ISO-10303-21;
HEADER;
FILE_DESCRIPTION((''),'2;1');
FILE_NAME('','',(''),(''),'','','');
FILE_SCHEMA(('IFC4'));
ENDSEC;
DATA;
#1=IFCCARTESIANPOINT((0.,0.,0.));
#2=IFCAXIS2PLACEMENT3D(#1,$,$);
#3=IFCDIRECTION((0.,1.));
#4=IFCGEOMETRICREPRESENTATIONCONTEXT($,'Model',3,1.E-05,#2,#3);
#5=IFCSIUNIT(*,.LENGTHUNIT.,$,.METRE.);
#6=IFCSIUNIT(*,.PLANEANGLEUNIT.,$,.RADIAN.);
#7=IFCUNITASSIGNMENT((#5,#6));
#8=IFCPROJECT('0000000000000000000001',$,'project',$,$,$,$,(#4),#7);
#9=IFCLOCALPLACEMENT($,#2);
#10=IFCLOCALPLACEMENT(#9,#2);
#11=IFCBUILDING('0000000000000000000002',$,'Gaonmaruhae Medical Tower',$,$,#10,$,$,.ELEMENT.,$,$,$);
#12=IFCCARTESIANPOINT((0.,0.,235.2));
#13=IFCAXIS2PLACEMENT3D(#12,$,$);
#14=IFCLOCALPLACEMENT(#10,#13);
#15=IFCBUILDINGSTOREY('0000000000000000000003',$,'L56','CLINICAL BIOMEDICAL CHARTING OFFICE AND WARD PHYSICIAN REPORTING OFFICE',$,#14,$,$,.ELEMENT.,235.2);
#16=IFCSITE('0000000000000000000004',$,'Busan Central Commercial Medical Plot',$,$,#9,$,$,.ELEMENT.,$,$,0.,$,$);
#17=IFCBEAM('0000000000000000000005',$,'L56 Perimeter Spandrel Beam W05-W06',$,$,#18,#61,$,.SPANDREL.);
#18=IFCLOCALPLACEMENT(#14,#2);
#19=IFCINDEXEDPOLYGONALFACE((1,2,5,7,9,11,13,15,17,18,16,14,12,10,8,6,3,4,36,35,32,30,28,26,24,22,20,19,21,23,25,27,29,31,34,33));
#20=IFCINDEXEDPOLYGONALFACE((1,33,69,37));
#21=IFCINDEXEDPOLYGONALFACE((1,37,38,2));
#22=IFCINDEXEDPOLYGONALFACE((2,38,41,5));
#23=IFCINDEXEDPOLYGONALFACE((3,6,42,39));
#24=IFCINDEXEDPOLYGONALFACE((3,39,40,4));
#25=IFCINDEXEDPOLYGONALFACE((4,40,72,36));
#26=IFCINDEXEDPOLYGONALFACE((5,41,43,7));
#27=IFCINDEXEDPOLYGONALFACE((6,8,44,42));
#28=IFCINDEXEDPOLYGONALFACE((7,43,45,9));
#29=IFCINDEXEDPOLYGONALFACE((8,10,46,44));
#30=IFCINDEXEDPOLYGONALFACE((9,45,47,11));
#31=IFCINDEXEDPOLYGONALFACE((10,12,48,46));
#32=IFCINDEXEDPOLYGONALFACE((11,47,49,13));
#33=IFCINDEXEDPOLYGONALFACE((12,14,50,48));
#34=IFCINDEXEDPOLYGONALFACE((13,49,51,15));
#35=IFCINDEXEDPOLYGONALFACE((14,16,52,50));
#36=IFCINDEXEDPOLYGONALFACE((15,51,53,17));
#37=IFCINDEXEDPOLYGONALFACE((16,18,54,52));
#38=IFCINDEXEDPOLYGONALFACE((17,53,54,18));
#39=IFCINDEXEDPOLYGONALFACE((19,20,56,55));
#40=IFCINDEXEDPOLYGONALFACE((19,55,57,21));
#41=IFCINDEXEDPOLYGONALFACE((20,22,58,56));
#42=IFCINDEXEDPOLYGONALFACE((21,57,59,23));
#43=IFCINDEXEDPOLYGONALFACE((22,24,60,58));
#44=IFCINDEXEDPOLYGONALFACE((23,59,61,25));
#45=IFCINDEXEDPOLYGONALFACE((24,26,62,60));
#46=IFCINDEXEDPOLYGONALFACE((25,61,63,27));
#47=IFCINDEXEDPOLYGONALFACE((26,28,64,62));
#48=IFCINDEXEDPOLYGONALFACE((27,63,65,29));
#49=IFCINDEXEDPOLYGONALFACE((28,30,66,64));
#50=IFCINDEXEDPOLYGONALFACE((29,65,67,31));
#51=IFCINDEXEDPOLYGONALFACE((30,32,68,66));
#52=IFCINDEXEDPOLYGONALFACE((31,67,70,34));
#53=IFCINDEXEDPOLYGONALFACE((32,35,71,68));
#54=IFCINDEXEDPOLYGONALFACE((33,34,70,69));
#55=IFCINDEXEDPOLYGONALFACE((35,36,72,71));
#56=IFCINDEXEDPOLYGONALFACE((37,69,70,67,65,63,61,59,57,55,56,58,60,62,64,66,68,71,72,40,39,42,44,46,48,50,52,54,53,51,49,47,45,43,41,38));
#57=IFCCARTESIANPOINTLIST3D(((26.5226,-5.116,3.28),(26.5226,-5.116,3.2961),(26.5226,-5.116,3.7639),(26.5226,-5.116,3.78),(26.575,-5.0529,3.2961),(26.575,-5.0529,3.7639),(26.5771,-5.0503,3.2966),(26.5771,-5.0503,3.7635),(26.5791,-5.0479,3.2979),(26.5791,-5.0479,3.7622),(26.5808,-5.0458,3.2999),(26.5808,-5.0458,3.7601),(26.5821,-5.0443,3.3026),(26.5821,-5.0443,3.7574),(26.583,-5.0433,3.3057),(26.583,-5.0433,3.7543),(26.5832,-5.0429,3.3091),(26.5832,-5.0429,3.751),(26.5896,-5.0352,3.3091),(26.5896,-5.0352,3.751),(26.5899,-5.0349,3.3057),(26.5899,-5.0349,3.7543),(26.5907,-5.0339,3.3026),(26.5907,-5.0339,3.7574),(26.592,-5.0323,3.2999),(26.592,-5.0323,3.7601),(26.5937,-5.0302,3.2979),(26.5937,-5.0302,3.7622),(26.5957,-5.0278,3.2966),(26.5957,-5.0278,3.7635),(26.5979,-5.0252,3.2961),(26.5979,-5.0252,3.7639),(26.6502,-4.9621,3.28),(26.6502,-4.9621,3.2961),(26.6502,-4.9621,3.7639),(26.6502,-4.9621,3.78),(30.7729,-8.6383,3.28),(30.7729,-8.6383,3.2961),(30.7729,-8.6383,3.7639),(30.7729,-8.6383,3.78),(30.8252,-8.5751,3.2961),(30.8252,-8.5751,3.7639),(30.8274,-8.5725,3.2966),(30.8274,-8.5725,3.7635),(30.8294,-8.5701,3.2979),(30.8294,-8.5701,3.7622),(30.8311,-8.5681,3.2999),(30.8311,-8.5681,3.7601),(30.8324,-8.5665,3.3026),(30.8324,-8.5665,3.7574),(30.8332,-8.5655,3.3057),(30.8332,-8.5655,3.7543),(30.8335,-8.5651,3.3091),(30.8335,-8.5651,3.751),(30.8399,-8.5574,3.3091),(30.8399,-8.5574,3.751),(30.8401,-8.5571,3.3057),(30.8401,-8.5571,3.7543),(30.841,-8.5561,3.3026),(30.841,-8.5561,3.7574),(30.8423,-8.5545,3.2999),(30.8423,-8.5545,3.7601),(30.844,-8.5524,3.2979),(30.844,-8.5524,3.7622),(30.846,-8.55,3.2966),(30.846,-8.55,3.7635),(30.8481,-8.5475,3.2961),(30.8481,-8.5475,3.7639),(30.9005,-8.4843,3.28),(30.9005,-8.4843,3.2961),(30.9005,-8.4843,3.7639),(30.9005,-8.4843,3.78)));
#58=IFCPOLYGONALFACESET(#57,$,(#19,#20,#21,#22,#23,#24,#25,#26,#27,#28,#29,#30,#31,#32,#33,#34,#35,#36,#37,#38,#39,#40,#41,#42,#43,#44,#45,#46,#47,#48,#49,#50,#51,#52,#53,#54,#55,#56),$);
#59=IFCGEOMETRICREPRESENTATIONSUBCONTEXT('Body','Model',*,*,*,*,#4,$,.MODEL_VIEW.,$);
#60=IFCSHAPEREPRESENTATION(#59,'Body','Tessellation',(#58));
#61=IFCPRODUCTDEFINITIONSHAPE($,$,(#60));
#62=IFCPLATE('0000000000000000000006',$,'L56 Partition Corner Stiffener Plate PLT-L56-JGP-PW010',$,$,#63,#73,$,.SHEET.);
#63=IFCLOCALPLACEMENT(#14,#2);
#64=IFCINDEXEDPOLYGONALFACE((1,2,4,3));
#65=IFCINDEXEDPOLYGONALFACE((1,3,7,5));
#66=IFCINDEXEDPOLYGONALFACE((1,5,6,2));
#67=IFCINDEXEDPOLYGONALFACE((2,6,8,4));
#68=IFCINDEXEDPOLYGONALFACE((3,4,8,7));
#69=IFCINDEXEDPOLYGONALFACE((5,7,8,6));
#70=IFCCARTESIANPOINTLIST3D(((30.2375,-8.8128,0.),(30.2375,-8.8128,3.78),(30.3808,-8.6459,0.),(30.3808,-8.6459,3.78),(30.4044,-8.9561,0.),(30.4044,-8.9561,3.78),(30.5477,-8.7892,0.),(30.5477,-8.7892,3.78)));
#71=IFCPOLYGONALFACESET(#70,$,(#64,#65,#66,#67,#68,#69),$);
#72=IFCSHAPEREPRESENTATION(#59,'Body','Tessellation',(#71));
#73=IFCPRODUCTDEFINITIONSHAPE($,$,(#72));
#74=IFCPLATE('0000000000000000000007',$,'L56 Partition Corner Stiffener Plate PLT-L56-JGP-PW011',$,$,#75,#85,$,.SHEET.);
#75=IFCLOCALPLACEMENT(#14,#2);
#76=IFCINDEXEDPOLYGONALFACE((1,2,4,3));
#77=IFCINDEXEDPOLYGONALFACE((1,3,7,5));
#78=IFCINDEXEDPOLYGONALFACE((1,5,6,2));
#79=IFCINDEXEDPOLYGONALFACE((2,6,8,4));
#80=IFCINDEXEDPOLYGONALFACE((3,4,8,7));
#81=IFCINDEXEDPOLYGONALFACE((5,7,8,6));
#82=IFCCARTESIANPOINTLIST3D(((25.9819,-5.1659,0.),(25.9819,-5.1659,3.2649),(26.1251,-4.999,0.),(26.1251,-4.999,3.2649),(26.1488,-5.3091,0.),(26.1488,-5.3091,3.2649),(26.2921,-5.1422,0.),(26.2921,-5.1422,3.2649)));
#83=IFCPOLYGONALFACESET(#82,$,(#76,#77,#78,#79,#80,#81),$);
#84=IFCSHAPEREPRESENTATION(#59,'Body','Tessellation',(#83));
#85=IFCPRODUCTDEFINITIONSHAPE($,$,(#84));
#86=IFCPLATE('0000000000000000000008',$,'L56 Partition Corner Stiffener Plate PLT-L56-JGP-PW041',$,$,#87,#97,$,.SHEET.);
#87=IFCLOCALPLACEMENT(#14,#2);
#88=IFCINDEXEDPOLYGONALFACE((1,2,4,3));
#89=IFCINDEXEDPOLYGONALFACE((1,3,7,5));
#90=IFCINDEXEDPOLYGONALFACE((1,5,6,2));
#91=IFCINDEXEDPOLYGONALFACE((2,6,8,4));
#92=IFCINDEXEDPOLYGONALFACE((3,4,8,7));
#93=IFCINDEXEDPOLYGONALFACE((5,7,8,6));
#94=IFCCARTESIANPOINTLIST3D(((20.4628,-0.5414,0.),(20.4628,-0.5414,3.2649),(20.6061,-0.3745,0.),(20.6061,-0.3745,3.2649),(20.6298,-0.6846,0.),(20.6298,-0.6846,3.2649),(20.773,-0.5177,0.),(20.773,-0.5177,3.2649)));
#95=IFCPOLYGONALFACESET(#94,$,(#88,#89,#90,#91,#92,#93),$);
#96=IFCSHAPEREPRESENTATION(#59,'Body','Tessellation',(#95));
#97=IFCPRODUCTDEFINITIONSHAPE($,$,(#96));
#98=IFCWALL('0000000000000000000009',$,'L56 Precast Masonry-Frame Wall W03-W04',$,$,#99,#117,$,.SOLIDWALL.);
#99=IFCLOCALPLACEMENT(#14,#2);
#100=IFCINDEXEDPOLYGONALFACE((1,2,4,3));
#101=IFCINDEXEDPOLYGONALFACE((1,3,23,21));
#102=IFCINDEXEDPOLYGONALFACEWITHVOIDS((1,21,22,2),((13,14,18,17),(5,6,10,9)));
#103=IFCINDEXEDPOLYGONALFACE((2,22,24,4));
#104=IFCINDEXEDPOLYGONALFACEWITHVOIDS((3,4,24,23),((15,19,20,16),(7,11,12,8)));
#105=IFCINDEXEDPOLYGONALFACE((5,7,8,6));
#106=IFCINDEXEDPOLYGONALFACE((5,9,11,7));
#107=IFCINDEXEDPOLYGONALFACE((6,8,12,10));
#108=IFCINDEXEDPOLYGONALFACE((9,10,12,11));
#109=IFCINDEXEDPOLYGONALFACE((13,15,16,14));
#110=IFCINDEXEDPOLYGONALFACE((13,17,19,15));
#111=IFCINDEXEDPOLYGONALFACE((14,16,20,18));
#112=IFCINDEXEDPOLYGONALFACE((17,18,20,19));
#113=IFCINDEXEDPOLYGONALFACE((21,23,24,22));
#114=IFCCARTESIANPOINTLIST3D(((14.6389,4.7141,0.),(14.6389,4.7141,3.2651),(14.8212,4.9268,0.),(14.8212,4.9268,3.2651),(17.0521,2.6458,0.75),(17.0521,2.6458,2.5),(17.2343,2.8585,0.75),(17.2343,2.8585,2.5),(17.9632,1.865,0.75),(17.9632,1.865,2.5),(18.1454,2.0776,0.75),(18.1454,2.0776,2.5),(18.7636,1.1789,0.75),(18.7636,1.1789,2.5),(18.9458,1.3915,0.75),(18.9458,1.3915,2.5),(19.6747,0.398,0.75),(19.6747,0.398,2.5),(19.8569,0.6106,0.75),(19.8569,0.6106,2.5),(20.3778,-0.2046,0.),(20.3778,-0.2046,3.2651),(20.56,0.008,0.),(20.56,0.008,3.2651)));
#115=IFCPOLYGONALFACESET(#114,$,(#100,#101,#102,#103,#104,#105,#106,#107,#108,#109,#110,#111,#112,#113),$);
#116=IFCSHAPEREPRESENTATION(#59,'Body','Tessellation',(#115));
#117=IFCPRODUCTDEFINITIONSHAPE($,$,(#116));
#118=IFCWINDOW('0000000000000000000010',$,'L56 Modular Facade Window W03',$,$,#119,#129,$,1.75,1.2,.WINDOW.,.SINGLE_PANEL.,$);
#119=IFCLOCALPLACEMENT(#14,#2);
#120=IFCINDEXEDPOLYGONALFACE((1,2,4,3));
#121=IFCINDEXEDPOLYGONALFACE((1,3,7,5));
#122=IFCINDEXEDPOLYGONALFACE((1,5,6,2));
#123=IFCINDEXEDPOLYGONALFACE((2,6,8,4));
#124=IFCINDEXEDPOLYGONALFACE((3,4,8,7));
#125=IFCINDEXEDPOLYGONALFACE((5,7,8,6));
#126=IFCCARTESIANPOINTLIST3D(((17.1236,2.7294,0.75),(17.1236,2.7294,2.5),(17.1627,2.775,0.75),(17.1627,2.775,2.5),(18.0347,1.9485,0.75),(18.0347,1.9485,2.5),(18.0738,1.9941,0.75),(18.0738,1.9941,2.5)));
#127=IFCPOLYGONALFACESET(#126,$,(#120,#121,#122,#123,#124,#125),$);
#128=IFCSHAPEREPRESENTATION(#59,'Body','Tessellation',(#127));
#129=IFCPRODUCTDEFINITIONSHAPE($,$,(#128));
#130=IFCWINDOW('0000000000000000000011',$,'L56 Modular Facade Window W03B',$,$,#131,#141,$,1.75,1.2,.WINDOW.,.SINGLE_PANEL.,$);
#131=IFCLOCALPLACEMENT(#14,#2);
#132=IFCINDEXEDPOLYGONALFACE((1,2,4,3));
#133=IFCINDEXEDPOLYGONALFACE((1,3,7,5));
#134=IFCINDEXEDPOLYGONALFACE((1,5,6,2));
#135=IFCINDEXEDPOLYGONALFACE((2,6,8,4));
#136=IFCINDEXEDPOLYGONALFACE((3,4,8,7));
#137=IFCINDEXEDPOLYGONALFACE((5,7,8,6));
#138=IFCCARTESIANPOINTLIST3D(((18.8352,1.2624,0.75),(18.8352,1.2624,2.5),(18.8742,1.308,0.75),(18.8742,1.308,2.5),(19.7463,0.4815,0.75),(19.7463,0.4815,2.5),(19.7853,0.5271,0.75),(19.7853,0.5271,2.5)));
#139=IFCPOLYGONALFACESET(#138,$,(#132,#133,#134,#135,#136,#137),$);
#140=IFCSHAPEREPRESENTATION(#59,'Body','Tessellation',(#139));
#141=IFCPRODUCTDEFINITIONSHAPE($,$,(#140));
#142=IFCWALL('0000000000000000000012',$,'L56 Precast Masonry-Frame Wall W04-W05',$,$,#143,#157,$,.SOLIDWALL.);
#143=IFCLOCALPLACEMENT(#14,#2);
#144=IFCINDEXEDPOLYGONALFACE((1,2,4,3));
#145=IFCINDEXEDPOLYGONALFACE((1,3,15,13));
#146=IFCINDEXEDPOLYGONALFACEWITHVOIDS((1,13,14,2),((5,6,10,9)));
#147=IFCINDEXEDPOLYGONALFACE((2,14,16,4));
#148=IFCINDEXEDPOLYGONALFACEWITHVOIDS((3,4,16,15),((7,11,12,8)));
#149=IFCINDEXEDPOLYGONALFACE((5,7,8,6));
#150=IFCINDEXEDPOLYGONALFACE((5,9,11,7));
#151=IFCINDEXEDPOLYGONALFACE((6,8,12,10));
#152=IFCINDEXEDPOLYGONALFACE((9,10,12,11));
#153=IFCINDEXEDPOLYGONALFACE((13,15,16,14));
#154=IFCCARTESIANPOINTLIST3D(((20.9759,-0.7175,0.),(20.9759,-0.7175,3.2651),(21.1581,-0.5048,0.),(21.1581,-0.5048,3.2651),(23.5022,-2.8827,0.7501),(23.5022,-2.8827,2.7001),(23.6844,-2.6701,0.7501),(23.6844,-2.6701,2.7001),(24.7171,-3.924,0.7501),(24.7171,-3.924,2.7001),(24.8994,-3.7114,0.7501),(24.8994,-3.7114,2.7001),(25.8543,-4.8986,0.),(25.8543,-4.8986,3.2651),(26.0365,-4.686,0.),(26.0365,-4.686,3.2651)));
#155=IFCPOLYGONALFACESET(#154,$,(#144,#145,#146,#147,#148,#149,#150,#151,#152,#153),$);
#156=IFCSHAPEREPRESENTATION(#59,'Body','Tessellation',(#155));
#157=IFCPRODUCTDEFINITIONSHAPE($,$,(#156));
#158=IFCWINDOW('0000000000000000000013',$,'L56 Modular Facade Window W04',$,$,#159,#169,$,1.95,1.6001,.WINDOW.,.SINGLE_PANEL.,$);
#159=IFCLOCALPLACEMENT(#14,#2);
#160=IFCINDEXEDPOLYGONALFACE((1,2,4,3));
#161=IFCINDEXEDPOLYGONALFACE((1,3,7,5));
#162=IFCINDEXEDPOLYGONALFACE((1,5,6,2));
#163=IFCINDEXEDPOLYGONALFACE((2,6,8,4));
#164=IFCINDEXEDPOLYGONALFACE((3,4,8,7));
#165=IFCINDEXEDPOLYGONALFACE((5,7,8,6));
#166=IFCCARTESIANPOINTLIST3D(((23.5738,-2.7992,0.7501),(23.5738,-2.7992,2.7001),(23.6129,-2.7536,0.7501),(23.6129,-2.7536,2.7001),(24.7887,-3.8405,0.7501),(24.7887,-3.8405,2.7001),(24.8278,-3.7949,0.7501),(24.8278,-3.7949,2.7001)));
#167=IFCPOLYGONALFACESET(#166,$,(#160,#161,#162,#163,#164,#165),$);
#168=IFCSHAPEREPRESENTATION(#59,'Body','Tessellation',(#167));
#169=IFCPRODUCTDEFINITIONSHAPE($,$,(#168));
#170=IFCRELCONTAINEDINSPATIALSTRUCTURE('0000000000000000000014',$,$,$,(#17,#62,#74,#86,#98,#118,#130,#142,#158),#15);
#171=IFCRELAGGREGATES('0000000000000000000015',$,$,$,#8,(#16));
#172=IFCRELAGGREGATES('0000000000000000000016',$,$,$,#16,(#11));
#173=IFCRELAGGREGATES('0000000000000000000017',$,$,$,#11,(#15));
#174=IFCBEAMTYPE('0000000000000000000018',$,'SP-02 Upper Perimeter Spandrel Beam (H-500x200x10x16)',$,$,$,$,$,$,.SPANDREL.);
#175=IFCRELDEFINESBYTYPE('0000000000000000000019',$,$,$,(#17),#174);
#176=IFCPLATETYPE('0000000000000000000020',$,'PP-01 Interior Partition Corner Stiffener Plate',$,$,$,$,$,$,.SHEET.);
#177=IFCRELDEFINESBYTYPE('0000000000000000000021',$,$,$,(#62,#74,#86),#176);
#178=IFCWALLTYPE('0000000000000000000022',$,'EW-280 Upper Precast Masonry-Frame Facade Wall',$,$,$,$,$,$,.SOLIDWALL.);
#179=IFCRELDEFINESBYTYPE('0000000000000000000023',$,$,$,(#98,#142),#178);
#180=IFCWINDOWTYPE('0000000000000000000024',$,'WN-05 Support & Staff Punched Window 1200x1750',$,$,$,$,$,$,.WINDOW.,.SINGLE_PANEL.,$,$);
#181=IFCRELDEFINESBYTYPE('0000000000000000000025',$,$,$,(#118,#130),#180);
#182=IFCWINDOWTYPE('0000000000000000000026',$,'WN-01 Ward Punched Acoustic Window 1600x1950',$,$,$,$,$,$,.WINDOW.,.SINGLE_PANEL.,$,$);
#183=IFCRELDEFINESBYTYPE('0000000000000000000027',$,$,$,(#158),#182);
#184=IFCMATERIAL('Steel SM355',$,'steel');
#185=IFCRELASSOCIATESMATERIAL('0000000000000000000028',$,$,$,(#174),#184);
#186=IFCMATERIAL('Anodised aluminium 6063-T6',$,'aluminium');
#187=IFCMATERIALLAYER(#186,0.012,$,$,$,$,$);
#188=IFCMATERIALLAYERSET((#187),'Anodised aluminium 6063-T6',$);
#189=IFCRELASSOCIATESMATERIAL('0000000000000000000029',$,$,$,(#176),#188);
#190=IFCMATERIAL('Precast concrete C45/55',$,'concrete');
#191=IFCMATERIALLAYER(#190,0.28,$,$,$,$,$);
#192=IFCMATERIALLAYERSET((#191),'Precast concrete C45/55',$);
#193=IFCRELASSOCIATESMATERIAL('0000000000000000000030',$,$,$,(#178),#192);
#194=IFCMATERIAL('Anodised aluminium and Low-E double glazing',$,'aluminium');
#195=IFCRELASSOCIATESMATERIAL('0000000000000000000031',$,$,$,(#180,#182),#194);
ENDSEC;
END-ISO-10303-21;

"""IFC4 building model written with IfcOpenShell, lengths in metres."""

from ifc_helpers import new_model, si_unit, direction, frame, frame_2d, origin, origin_2d, place, context, subcontext, project, spatial, rectangle, i_section, extrude, material, layer, layer_set, material_profile, profile_set, type_object, element, fill, save


model = new_model("IFC4")

# Units and contexts
model_context = context("Model", 3, precision=1e-05, world=origin(), true_north=direction((0.0, 1.0)))
body_context = subcontext(model_context, "Body", "Model", "MODEL_VIEW")
ifc_project = project(units=[si_unit("LENGTHUNIT", "METRE"), si_unit("PLANEANGLEUNIT", "RADIAN")], contexts=[model_context])

# Site, building, storey
site_placement = place(None, origin())
site = spatial("IfcSite", under=ifc_project, at=site_placement, Name="Busan Central Commercial Medical Plot", CompositionType="ELEMENT", RefElevation=0.0)
building_placement = place(site_placement, origin())
building = spatial("IfcBuilding", under=site, at=building_placement, Name="Gaonmaruhae Medical Tower", CompositionType="ELEMENT")
storey_placement = place(building_placement, frame((0.0, 0.0, 235.2)))
storey = spatial("IfcBuildingStorey", under=building, at=storey_placement, Name="L56", Description="CLINICAL BIOMEDICAL CHARTING OFFICE AND WARD PHYSICIAN REPORTING OFFICE", CompositionType="ELEMENT", Elevation=235.2)

# Beam
ifc_material_1 = material(Name="Steel SM355", Category="steel")
ifc_material_profile_1 = material_profile(ifc_material_1, i_section(OverallWidth=0.2, OverallDepth=0.5, WebThickness=0.01, FlangeThickness=0.0161, FilletRadius=0.0129, at=origin_2d()), Name="H-500x200x10x16")
ifc_profile_set_1 = profile_set([ifc_material_profile_1], Name="Steel SM355")
beam_type_1 = type_object("IfcBeamType", Name="SP-02 Upper Perimeter Spandrel Beam (H-500x200x10x16)", PredefinedType="SPANDREL", material=ifc_profile_set_1)
beam_1_placement = place(storey_placement, frame((26.5864, -5.0391, 3.53), z_axis=(0.769969, -0.638081, 0.0), x_axis=(0.638081, 0.769969, 0.0)))
element("IfcBeam", 1, at=beam_1_placement, inside=storey, type_object=beam_type_1, Name="L56 Perimeter Spandrel Beam W05-W06", PredefinedType="SPANDREL", context=body_context, shape_type="SweptSolid", body=[
    extrude(i_section(OverallWidth=0.2, OverallDepth=0.5, WebThickness=0.01, FlangeThickness=0.0161, FilletRadius=0.0129, at=origin_2d()), origin(), (0.0, 0.0, 1.0), 5.52),
])

# Plates
ifc_material_2 = material(Name="Anodised aluminium 6063-T6", Category="aluminium")
ifc_layer_1 = layer(ifc_material_2, 0.012)
ifc_layer_set_1 = layer_set([ifc_layer_1], Name="Anodised aluminium 6063-T6")
plate_type = type_object("IfcPlateType", Name="PP-01 Interior Partition Corner Stiffener Plate", PredefinedType="SHEET", material=ifc_layer_set_1)
plate_placement = place(storey_placement, frame((30.3926, -8.801, 0.0), z_axis=(0.0, 0.0, 1.0), x_axis=(-0.75868, 0.651463, 0.0)))
element("IfcPlate", 2, at=plate_placement, inside=storey, type_object=plate_type, Name="L56 Partition Corner Stiffener Plate PLT-L56-JGP-PW010", PredefinedType="SHEET", context=body_context, shape_type="SweptSolid", body=[
    extrude(rectangle(XDim=0.22, YDim=0.22, at=origin_2d()), origin(), (0.0, 0.0, 1.0), 3.78),
])
for number, where, z_axis, x_axis, name in (
    (3, (26.137, -5.1541, 0.0), (0.0, 0.0, 1.0), (-0.758885, 0.651225, 0.0), "L56 Partition Corner Stiffener Plate PLT-L56-JGP-PW011"),
    (4, (20.6179, -0.5295, 0.0), (0.0, 0.0, 1.0), (-0.758987, 0.651105, 0.0), "L56 Partition Corner Stiffener Plate PLT-L56-JGP-PW041"),
):
    element("IfcPlate", number, at=place(storey_placement, frame(where, z_axis=z_axis, x_axis=x_axis)), inside=storey, type_object=plate_type, Name=name, PredefinedType="SHEET", context=body_context, shape_type="SweptSolid", body=[
        extrude(rectangle(XDim=0.22, YDim=0.22, at=origin_2d()), origin(), (0.0, 0.0, 1.0), 3.2649),
    ])

# Wall, openings, windows
ifc_material_3 = material(Name="Precast concrete C45/55", Category="concrete")
ifc_layer_2 = layer(ifc_material_3, 0.28)
ifc_layer_set_2 = layer_set([ifc_layer_2], Name="Precast concrete C45/55")
wall_type_1 = type_object("IfcWallType", Name="EW-280 Upper Precast Masonry-Frame Facade Wall", PredefinedType="SOLIDWALL", material=ifc_layer_set_2)
wall_1_placement = place(storey_placement, frame((20.469, -0.0984, 0.0), z_axis=(0.0, 0.0, 1.0), x_axis=(-0.759273, 0.650773, 0.0)))
wall_1 = element("IfcWall", 5, at=wall_1_placement, inside=storey, type_object=wall_type_1, Name="L56 Precast Masonry-Frame Wall W03-W04", PredefinedType="SOLIDWALL", context=body_context, shape_type="SweptSolid", body=[
    extrude(rectangle(XDim=7.5583, YDim=0.28, at=frame_2d((3.7793, 0.0))), origin(), (0.0, 0.0, 1.0), 3.2651),
])
opening_1_placement = place(wall_1_placement, frame((3.1802, 0.0, 0.75)))
opening_1 = element("IfcOpeningElement", 6, at=opening_1_placement, cuts=wall_1, PredefinedType="OPENING", context=body_context, shape_type="SweptSolid", body=[
    extrude(rectangle(XDim=1.2, YDim=1.75, at=frame_2d((0.6001, 0.875))), frame((0.0, 0.1499, 0.0), z_axis=(0.0, -1.0, 0.0), x_axis=(1.0, 0.0, 0.0)), (0.0, 0.0, 1.0), 0.3),
])
opening_2_placement = place(wall_1_placement, frame((0.926, 0.0, 0.75)))
opening_2 = element("IfcOpeningElement", 7, at=opening_2_placement, cuts=wall_1, PredefinedType="OPENING", context=body_context, shape_type="SweptSolid", body=[
    extrude(rectangle(XDim=1.2, YDim=1.75, at=frame_2d((0.6001, 0.875))), frame((0.0, 0.1499, 0.0), z_axis=(0.0, -1.0, 0.0), x_axis=(1.0, 0.0, 0.0)), (0.0, 0.0, 1.0), 0.3),
])
ifc_material_4 = material(Name="Anodised aluminium and Low-E double glazing", Category="aluminium")
window_type_1 = type_object("IfcWindowType", Name="WN-05 Support & Staff Punched Window 1200x1750", PartitioningType="SINGLE_PANEL", PredefinedType="WINDOW", material=ifc_material_4)
window_1_placement = place(opening_1_placement, origin())
window_1 = element("IfcWindow", 8, at=window_1_placement, inside=storey, type_object=window_type_1, Name="L56 Modular Facade Window W03", OverallHeight=1.75, OverallWidth=1.2, PartitioningType="SINGLE_PANEL", PredefinedType="WINDOW", context=body_context, shape_type="SweptSolid", body=[
    extrude(rectangle(XDim=1.2, YDim=1.75, at=frame_2d((0.6001, 0.875))), frame((0.0, 0.03, 0.0), z_axis=(0.0, -1.0, 0.0), x_axis=(1.0, 0.0, 0.0)), (0.0, 0.0, 1.0), 0.0601),
])
fill(opening_1, window_1)
window_2_placement = place(opening_2_placement, origin())
window_2 = element("IfcWindow", 9, at=window_2_placement, inside=storey, type_object=window_type_1, Name="L56 Modular Facade Window W03B", OverallHeight=1.75, OverallWidth=1.2, PartitioningType="SINGLE_PANEL", PredefinedType="WINDOW", context=body_context, shape_type="SweptSolid", body=[
    extrude(rectangle(XDim=1.2, YDim=1.75, at=frame_2d((0.6001, 0.875))), frame((0.0, 0.03, 0.0), z_axis=(0.0, -1.0, 0.0), x_axis=(1.0, 0.0, 0.0)), (0.0, 0.0, 1.0), 0.0601),
])
fill(opening_2, window_2)

# Wall, opening, window
wall_2_placement = place(storey_placement, frame((25.9453, -4.7922, 0.0), z_axis=(0.0, 0.0, 1.0), x_axis=(-0.759283, 0.65076, 0.0)))
wall_2 = element("IfcWall", 10, at=wall_2_placement, inside=storey, type_object=wall_type_1, Name="L56 Precast Masonry-Frame Wall W04-W05", PredefinedType="SOLIDWALL", context=body_context, shape_type="SweptSolid", body=[
    extrude(rectangle(XDim=6.425, YDim=0.28, at=frame_2d((3.2124, 0.0))), origin(), (0.0, 0.0, 1.0), 3.2651),
])
opening_3_placement = place(wall_2_placement, frame((1.4976, 0.0, 0.75)))
opening_3 = element("IfcOpeningElement", 11, at=opening_3_placement, cuts=wall_2, PredefinedType="OPENING", context=body_context, shape_type="SweptSolid", body=[
    extrude(rectangle(XDim=1.6001, YDim=1.95, at=frame_2d((0.8, 0.9751))), frame((0.0, 0.1499, 0.0), z_axis=(0.0, -1.0, 0.0), x_axis=(1.0, 0.0, 0.0)), (0.0, 0.0, 1.0), 0.3),
])
window_type_2 = type_object("IfcWindowType", Name="WN-01 Ward Punched Acoustic Window 1600x1950", PartitioningType="SINGLE_PANEL", PredefinedType="WINDOW", material=ifc_material_4)
window_3_placement = place(opening_3_placement, origin())
window_3 = element("IfcWindow", 12, at=window_3_placement, inside=storey, type_object=window_type_2, Name="L56 Modular Facade Window W04", OverallHeight=1.95, OverallWidth=1.6001, PartitioningType="SINGLE_PANEL", PredefinedType="WINDOW", context=body_context, shape_type="SweptSolid", body=[
    extrude(rectangle(XDim=1.6001, YDim=1.95, at=frame_2d((0.8, 0.9751))), frame((0.0, 0.03, 0.0), z_axis=(0.0, -1.0, 0.0), x_axis=(1.0, 0.0, 0.0)), (0.0, 0.0, 1.0), 0.0601),
])
fill(opening_3, window_3)

save(model, "model.ifc")
